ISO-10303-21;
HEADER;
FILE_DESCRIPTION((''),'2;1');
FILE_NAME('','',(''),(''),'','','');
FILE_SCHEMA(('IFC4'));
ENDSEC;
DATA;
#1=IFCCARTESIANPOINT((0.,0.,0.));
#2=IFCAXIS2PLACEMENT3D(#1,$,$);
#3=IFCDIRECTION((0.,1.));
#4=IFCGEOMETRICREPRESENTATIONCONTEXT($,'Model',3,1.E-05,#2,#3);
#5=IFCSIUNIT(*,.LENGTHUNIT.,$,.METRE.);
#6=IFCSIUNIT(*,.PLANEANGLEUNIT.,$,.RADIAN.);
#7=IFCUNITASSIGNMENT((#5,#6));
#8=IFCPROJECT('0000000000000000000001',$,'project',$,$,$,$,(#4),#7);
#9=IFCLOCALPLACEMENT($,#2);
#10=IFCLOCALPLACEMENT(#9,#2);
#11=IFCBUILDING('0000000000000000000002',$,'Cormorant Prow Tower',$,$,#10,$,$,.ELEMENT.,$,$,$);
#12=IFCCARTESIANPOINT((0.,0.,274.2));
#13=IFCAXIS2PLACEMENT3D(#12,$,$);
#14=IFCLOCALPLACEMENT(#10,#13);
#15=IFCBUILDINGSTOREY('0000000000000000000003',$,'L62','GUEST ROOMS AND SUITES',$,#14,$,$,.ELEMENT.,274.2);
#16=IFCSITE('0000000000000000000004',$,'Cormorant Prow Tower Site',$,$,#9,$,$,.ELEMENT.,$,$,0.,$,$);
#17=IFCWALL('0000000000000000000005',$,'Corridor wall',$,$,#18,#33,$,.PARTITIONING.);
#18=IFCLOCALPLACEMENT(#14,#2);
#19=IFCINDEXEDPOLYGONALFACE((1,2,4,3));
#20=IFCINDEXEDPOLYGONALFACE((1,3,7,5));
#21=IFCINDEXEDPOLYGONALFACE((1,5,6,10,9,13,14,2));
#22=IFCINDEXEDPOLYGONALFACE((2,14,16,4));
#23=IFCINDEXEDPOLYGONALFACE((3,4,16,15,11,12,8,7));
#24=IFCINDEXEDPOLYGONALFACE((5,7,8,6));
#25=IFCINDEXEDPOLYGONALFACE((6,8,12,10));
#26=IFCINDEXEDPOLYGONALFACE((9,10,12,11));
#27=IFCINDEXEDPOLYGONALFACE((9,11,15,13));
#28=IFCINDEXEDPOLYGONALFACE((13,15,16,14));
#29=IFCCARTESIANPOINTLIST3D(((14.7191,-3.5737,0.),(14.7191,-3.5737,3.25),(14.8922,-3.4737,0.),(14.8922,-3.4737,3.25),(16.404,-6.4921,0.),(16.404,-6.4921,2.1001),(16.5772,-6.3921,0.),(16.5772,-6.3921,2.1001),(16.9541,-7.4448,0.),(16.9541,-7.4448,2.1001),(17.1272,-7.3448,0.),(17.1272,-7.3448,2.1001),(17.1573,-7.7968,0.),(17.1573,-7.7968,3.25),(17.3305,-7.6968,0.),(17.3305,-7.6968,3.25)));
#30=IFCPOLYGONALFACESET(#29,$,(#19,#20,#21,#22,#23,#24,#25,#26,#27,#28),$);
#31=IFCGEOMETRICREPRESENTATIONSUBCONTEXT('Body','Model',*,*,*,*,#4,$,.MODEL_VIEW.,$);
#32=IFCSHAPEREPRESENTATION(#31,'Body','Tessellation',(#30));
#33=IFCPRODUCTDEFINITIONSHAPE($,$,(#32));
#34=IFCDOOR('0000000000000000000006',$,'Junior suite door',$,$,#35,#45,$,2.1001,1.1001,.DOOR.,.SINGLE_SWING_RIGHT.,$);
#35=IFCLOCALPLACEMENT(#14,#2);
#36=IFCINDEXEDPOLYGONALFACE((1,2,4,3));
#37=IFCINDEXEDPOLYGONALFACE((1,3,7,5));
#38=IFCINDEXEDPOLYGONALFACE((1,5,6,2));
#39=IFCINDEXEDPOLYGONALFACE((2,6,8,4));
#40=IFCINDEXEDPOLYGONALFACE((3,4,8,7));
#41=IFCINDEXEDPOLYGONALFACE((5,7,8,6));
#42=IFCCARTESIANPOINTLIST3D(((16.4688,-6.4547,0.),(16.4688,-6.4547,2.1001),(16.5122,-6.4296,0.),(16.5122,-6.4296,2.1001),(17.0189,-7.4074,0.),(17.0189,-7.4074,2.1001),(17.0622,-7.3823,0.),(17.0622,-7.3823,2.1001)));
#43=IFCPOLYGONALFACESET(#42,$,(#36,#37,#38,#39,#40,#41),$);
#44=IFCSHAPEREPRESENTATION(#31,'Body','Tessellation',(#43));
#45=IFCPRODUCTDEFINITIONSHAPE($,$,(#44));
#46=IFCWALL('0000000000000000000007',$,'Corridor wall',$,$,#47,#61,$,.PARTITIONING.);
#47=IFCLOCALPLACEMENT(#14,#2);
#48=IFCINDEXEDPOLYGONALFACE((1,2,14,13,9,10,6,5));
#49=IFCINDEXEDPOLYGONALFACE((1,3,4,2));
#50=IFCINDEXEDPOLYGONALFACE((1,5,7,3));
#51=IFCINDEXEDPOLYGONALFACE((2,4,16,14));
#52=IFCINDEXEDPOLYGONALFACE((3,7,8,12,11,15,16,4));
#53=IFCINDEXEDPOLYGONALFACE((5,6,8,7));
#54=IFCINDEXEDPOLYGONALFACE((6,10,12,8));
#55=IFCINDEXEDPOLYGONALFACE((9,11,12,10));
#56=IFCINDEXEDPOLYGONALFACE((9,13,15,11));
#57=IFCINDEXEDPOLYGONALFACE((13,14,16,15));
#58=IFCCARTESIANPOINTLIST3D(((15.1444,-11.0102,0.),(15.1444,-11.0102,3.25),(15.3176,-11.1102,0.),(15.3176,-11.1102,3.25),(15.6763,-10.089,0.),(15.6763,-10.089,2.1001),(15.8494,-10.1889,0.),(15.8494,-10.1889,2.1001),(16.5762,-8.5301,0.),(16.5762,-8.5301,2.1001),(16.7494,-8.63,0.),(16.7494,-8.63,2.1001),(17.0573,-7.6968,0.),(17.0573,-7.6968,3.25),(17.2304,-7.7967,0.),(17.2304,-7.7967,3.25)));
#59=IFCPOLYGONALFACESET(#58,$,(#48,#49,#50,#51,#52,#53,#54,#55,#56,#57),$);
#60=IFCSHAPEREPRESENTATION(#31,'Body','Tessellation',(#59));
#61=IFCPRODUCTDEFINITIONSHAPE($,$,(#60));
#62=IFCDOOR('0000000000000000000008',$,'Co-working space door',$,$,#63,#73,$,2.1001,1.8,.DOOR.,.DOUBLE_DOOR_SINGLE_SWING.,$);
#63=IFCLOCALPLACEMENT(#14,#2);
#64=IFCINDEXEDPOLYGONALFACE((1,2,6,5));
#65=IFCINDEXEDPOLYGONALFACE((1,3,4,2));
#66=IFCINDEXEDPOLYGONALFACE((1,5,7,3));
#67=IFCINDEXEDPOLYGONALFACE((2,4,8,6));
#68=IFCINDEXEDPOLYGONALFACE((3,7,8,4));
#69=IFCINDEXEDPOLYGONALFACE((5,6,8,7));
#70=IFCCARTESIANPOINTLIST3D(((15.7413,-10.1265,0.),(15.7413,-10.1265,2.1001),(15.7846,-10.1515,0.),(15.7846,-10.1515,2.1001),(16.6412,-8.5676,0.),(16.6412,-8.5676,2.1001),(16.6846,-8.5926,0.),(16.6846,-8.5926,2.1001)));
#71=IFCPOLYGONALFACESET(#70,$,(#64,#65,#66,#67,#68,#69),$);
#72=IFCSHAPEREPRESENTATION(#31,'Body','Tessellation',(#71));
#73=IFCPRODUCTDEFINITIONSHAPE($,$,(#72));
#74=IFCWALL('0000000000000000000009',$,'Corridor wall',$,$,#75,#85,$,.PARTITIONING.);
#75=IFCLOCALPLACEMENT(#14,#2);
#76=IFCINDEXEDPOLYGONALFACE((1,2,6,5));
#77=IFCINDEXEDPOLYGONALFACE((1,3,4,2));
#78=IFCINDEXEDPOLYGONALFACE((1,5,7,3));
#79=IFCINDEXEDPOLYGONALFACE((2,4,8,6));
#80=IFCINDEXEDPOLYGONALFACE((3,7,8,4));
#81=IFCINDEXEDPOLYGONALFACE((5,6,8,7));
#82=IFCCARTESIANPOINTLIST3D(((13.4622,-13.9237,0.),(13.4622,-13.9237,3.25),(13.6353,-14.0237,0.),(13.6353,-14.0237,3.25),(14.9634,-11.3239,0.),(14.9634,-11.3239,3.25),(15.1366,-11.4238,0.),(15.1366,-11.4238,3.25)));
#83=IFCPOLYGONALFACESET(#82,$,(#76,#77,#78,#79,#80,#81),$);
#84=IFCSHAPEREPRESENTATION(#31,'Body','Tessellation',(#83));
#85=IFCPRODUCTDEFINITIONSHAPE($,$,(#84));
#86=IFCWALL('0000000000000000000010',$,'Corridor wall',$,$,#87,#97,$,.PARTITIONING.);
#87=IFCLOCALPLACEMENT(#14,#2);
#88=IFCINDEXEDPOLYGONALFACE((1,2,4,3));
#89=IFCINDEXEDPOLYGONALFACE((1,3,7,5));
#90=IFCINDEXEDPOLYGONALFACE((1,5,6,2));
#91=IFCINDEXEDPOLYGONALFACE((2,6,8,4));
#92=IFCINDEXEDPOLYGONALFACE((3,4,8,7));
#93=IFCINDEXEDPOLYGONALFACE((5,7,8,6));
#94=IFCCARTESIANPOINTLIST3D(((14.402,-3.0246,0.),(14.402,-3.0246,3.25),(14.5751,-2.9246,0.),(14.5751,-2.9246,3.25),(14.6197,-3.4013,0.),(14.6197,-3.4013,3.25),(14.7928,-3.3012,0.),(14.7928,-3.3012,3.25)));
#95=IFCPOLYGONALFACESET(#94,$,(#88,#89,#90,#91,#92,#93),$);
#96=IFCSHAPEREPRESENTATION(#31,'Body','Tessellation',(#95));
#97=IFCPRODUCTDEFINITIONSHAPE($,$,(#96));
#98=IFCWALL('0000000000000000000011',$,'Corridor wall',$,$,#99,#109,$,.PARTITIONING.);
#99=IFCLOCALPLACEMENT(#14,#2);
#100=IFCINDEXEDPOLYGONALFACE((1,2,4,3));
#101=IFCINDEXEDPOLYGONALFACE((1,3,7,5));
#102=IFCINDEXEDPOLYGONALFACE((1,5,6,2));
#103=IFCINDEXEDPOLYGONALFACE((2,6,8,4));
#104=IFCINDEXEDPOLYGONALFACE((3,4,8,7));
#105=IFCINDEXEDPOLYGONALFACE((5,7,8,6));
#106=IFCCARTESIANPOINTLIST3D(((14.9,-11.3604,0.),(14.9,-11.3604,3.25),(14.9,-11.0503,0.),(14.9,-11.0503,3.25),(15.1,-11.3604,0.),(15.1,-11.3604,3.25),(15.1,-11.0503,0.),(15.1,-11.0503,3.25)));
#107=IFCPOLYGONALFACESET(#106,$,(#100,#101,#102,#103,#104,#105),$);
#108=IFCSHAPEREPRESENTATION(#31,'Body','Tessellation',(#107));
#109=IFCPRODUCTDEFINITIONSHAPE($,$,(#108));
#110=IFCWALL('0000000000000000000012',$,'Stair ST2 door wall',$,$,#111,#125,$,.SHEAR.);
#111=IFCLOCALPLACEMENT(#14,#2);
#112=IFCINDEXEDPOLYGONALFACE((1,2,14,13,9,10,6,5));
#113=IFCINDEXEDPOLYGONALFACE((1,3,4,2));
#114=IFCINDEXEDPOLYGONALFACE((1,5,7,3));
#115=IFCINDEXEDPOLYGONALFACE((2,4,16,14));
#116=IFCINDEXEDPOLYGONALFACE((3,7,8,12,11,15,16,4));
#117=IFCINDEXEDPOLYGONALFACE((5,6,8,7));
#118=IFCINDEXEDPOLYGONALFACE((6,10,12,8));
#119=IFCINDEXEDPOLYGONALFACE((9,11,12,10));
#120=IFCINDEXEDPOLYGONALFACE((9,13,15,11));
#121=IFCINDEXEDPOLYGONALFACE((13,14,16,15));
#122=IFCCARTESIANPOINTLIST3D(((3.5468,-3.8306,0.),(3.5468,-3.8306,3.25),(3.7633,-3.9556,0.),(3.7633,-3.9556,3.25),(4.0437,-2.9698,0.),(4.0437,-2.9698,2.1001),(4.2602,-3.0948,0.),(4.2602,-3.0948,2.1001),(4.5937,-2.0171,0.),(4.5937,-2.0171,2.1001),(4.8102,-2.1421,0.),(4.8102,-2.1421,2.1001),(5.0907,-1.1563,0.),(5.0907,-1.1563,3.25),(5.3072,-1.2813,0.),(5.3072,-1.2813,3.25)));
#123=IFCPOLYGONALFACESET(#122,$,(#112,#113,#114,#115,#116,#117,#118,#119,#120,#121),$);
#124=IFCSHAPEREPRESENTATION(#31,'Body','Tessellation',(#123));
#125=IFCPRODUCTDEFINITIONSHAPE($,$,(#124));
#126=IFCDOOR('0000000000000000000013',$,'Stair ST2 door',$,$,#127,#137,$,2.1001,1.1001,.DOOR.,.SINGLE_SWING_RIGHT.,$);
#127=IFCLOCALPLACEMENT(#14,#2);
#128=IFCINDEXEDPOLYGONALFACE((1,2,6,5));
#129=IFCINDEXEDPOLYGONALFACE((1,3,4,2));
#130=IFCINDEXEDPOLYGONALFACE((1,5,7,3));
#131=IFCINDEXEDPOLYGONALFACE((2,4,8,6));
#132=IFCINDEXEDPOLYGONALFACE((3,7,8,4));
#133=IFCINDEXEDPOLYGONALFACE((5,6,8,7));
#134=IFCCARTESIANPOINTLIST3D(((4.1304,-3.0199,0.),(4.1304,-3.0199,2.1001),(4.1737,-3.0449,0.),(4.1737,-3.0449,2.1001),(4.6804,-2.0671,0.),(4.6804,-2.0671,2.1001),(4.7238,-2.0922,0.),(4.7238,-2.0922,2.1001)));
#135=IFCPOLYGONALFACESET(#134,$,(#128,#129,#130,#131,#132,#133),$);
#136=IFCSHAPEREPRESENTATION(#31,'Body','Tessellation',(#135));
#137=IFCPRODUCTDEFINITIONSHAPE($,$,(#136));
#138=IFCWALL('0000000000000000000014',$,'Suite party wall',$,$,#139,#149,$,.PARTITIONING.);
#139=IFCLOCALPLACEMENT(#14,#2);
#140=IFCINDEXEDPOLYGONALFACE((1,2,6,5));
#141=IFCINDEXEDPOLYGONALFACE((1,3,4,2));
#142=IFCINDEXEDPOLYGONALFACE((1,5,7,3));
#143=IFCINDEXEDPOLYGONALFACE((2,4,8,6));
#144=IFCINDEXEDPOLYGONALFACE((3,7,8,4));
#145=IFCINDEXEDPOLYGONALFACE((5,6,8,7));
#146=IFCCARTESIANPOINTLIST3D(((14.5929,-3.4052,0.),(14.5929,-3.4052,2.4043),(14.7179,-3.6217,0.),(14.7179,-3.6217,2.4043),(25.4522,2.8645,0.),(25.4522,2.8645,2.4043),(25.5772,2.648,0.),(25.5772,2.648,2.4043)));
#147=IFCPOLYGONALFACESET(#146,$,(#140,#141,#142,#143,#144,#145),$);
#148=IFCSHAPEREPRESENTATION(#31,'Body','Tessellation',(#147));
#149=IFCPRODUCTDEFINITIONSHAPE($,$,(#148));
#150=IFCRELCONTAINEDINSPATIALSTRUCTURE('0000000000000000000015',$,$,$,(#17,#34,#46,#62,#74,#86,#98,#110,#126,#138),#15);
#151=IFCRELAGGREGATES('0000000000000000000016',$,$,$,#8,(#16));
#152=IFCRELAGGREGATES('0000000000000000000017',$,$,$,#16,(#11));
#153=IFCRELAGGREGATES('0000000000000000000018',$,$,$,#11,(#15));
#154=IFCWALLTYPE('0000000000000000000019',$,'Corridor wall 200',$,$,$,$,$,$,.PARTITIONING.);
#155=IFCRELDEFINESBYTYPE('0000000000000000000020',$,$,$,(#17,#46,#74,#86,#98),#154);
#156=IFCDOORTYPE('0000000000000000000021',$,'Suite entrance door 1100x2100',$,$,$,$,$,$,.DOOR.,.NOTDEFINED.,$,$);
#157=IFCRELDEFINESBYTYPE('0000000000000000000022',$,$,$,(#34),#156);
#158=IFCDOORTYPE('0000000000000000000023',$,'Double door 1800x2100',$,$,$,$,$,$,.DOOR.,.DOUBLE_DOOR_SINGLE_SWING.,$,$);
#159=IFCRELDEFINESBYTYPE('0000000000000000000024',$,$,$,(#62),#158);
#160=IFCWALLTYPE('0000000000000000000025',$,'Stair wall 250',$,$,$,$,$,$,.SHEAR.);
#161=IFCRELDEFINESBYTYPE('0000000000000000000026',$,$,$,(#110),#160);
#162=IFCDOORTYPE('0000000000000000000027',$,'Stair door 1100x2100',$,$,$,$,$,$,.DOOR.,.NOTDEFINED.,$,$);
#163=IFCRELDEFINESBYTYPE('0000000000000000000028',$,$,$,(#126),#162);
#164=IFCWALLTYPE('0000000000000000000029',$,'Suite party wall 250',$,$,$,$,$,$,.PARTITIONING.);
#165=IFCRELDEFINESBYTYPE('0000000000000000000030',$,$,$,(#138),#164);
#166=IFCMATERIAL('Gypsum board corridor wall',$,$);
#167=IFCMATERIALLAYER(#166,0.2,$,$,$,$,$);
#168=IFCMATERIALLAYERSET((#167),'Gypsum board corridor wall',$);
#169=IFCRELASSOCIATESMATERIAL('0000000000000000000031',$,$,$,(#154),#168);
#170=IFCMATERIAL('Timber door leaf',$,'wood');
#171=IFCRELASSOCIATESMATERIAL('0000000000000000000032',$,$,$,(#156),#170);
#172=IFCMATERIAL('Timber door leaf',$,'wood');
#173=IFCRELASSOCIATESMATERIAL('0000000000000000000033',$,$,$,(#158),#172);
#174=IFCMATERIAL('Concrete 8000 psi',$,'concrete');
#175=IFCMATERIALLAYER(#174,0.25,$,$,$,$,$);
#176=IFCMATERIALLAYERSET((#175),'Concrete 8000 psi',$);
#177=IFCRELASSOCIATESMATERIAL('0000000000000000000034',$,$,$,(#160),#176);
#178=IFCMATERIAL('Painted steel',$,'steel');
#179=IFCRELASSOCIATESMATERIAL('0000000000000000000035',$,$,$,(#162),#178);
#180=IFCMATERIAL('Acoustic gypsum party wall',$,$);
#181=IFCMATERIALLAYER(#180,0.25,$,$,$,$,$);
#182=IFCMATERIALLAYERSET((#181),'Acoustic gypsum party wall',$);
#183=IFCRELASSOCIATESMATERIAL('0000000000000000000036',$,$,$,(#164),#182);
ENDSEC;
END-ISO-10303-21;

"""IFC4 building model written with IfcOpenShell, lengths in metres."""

from ifc_helpers import new_model, si_unit, direction, frame, frame_2d, origin, place, context, subcontext, project, spatial, rectangle, extrude, material, layer, layer_set, type_object, element, fill, save


model = new_model("IFC4")

# Units and contexts
model_context = context("Model", 3, precision=1e-05, world=origin(), true_north=direction((0.0, 1.0)))
body_context = subcontext(model_context, "Body", "Model", "MODEL_VIEW")
ifc_project = project(units=[si_unit("LENGTHUNIT", "METRE"), si_unit("PLANEANGLEUNIT", "RADIAN")], contexts=[model_context])

# Site, building, storey
site_placement = place(None, origin())
site = spatial("IfcSite", under=ifc_project, at=site_placement, Name="Cormorant Prow Tower Site", CompositionType="ELEMENT", RefElevation=0.0)
building_placement = place(site_placement, origin())
building = spatial("IfcBuilding", under=site, at=building_placement, Name="Cormorant Prow Tower", CompositionType="ELEMENT")
storey_placement = place(building_placement, frame((0.0, 0.0, 274.2)))
storey = spatial("IfcBuildingStorey", under=building, at=storey_placement, Name="L62", Description="GUEST ROOMS AND SUITES", CompositionType="ELEMENT", Elevation=274.2)

# Walls, openings, doors
ifc_material_1 = material(Name="Gypsum board corridor wall")
ifc_layer_1 = layer(ifc_material_1, 0.2)
ifc_layer_set_1 = layer_set([ifc_layer_1], Name="Gypsum board corridor wall")
wall_type_1 = type_object("IfcWallType", Name="Corridor wall 200", PredefinedType="PARTITIONING", material=ifc_layer_set_1)
wall_1_placement = place(storey_placement, frame((14.8057, -3.5237, 0.0), z_axis=(0.0, 0.0, 1.0), x_axis=(0.5, -0.866026, 0.0)))
wall_1 = element("IfcWall", 1, at=wall_1_placement, inside=storey, type_object=wall_type_1, Name="Corridor wall", PredefinedType="PARTITIONING", context=body_context, shape_type="SweptSolid", body=[
    extrude(rectangle(XDim=4.8765, YDim=0.2, at=frame_2d((2.4382, 0.0))), origin(), (0.0, 0.0, 1.0), 3.25),
])
opening_1_placement = place(wall_1_placement, frame((3.3699, 0.0, 0.0)))
opening_1 = element("IfcOpeningElement", 2, at=opening_1_placement, cuts=wall_1, PredefinedType="OPENING", context=body_context, shape_type="SweptSolid", body=[
    extrude(rectangle(XDim=1.1001, YDim=2.1001, at=frame_2d((0.55, 1.05))), frame((0.0, 0.1099, 0.0), z_axis=(0.0, -1.0, 0.0), x_axis=(1.0, 0.0, 0.0)), (0.0, 0.0, 1.0), 0.22),
])
ifc_material_2 = material(Name="Timber door leaf", Category="wood")
door_type_1 = type_object("IfcDoorType", Name="Suite entrance door 1100x2100", OperationType="NOTDEFINED", PredefinedType="DOOR", material=ifc_material_2)
door_1_placement = place(opening_1_placement, origin())
door_1 = element("IfcDoor", 3, at=door_1_placement, inside=storey, type_object=door_type_1, Name="Junior suite door", OperationType="SINGLE_SWING_RIGHT", OverallHeight=2.1001, OverallWidth=1.1001, PredefinedType="DOOR", context=body_context, shape_type="SweptSolid", body=[
    extrude(rectangle(XDim=1.1001, YDim=2.1001, at=frame_2d((0.55, 1.05))), frame((0.0, 0.0249, 0.0), z_axis=(0.0, -1.0, 0.0), x_axis=(1.0, 0.0, 0.0)), (0.0, 0.0, 1.0), 0.05),
])
fill(opening_1, door_1)
wall_2_placement = place(storey_placement, frame((15.231, -11.0603, 0.0), z_axis=(0.0, 0.0, 1.0), x_axis=(0.499962, 0.866047, 0.0)))
wall_2 = element("IfcWall", 4, at=wall_2_placement, inside=storey, type_object=wall_type_1, Name="Corridor wall", PredefinedType="PARTITIONING", context=body_context, shape_type="SweptSolid", body=[
    extrude(rectangle(XDim=3.8259, YDim=0.2, at=frame_2d((1.9131, 0.0))), origin(), (0.0, 0.0, 1.0), 3.25),
])
opening_2_placement = place(wall_2_placement, frame((1.064, 0.0, 0.0)))
opening_2 = element("IfcOpeningElement", 5, at=opening_2_placement, cuts=wall_2, PredefinedType="OPENING", context=body_context, shape_type="SweptSolid", body=[
    extrude(rectangle(XDim=1.8, YDim=2.1001, at=frame_2d((0.8999, 1.05))), frame((0.0, 0.1099, 0.0), z_axis=(0.0, -1.0, 0.0), x_axis=(1.0, 0.0, 0.0)), (0.0, 0.0, 1.0), 0.22),
])
ifc_material_3 = material(Name="Timber door leaf", Category="wood")
door_type_2 = type_object("IfcDoorType", Name="Double door 1800x2100", OperationType="DOUBLE_DOOR_SINGLE_SWING", PredefinedType="DOOR", material=ifc_material_3)
door_2_placement = place(opening_2_placement, origin())
door_2 = element("IfcDoor", 6, at=door_2_placement, inside=storey, type_object=door_type_2, Name="Co-working space door", OperationType="DOUBLE_DOOR_SINGLE_SWING", OverallHeight=2.1001, OverallWidth=1.8, PredefinedType="DOOR", context=body_context, shape_type="SweptSolid", body=[
    extrude(rectangle(XDim=1.8, YDim=2.1001, at=frame_2d((0.8999, 1.05))), frame((0.0, 0.0249, 0.0), z_axis=(0.0, -1.0, 0.0), x_axis=(1.0, 0.0, 0.0)), (0.0, 0.0, 1.0), 0.05),
])
fill(opening_2, door_2)

# Walls
wall_3_placement = place(storey_placement, frame((13.5488, -13.9736, 0.0), z_axis=(0.0, 0.0, 1.0), x_axis=(0.500049, 0.865997, 0.0)))
element("IfcWall", 7, at=wall_3_placement, inside=storey, type_object=wall_type_1, Name="Corridor wall", PredefinedType="PARTITIONING", context=body_context, shape_type="SweptSolid", body=[
    extrude(rectangle(XDim=3.0022, YDim=0.2, at=frame_2d((1.501, 0.0))), origin(), (0.0, 0.0, 1.0), 3.25),
])
wall_4_placement = place(storey_placement, frame((14.4885, -2.9746, 0.0), z_axis=(0.0, 0.0, 1.0), x_axis=(0.500483, -0.865746, 0.0)))
element("IfcWall", 8, at=wall_4_placement, inside=storey, type_object=wall_type_1, Name="Corridor wall", PredefinedType="PARTITIONING", context=body_context, shape_type="SweptSolid", body=[
    extrude(rectangle(XDim=0.4351, YDim=0.2, at=frame_2d((0.2175, 0.0))), origin(), (0.0, 0.0, 1.0), 3.25),
])
wall_5_placement = place(storey_placement, frame((15.0, -11.3604, 0.0), z_axis=(0.0, 0.0, 1.0), x_axis=(0.0, 1.0, 0.0)))
element("IfcWall", 9, at=wall_5_placement, inside=storey, type_object=wall_type_1, Name="Corridor wall", PredefinedType="PARTITIONING", context=body_context, shape_type="SweptSolid", body=[
    extrude(rectangle(XDim=0.3101, YDim=0.2, at=frame_2d((0.155, 0.0))), origin(), (0.0, 0.0, 1.0), 3.25),
])

# Wall, opening, door
ifc_material_4 = material(Name="Concrete 8000 psi", Category="concrete")
ifc_layer_2 = layer(ifc_material_4, 0.25)
ifc_layer_set_2 = layer_set([ifc_layer_2], Name="Concrete 8000 psi")
wall_type_2 = type_object("IfcWallType", Name="Stair wall 250", PredefinedType="SHEAR", material=ifc_layer_set_2)
wall_6_placement = place(storey_placement, frame((3.655, -3.8931, 0.0), z_axis=(0.0, 0.0, 1.0), x_axis=(0.499983, 0.866035, 0.0)))
wall_6 = element("IfcWall", 10, at=wall_6_placement, inside=storey, type_object=wall_type_2, Name="Stair ST2 door wall", PredefinedType="SHEAR", context=body_context, shape_type="SweptSolid", body=[
    extrude(rectangle(XDim=3.0879, YDim=0.25, at=frame_2d((1.5439, 0.0))), origin(), (0.0, 0.0, 1.0), 3.25),
])
opening_3_placement = place(wall_6_placement, frame((0.9939, 0.0, 0.0)))
opening_3 = element("IfcOpeningElement", 11, at=opening_3_placement, cuts=wall_6, PredefinedType="OPENING", context=body_context, shape_type="SweptSolid", body=[
    extrude(rectangle(XDim=1.1001, YDim=2.1001, at=frame_2d((0.55, 1.05))), frame((0.0, 0.135, 0.0), z_axis=(0.0, -1.0, 0.0), x_axis=(1.0, 0.0, 0.0)), (0.0, 0.0, 1.0), 0.27),
])
ifc_material_5 = material(Name="Painted steel", Category="steel")
door_type_3 = type_object("IfcDoorType", Name="Stair door 1100x2100", OperationType="NOTDEFINED", PredefinedType="DOOR", material=ifc_material_5)
door_3_placement = place(opening_3_placement, origin())
door_3 = element("IfcDoor", 12, at=door_3_placement, inside=storey, type_object=door_type_3, Name="Stair ST2 door", OperationType="SINGLE_SWING_RIGHT", OverallHeight=2.1001, OverallWidth=1.1001, PredefinedType="DOOR", context=body_context, shape_type="SweptSolid", body=[
    extrude(rectangle(XDim=1.1001, YDim=2.1001, at=frame_2d((0.55, 1.05))), frame((0.0, 0.0249, 0.0), z_axis=(0.0, -1.0, 0.0), x_axis=(1.0, 0.0, 0.0)), (0.0, 0.0, 1.0), 0.05),
])
fill(opening_3, door_3)

# Wall
ifc_material_6 = material(Name="Acoustic gypsum party wall")
ifc_layer_3 = layer(ifc_material_6, 0.25)
ifc_layer_set_3 = layer_set([ifc_layer_3], Name="Acoustic gypsum party wall")
wall_type_3 = type_object("IfcWallType", Name="Suite party wall 250", PredefinedType="PARTITIONING", material=ifc_layer_set_3)
wall_7_placement = place(storey_placement, frame((14.6555, -3.5134, 0.0), z_axis=(0.0, 0.0, 1.0), x_axis=(0.866022, 0.500007, 0.0)))
element("IfcWall", 13, at=wall_7_placement, inside=storey, type_object=wall_type_3, Name="Suite party wall", PredefinedType="PARTITIONING", context=body_context, shape_type="SweptSolid", body=[
    extrude(rectangle(XDim=12.5393, YDim=0.25, at=frame_2d((6.2695, 0.0))), origin(), (0.0, 0.0, 1.0), 2.4043),
])

save(model, "model.ifc")
